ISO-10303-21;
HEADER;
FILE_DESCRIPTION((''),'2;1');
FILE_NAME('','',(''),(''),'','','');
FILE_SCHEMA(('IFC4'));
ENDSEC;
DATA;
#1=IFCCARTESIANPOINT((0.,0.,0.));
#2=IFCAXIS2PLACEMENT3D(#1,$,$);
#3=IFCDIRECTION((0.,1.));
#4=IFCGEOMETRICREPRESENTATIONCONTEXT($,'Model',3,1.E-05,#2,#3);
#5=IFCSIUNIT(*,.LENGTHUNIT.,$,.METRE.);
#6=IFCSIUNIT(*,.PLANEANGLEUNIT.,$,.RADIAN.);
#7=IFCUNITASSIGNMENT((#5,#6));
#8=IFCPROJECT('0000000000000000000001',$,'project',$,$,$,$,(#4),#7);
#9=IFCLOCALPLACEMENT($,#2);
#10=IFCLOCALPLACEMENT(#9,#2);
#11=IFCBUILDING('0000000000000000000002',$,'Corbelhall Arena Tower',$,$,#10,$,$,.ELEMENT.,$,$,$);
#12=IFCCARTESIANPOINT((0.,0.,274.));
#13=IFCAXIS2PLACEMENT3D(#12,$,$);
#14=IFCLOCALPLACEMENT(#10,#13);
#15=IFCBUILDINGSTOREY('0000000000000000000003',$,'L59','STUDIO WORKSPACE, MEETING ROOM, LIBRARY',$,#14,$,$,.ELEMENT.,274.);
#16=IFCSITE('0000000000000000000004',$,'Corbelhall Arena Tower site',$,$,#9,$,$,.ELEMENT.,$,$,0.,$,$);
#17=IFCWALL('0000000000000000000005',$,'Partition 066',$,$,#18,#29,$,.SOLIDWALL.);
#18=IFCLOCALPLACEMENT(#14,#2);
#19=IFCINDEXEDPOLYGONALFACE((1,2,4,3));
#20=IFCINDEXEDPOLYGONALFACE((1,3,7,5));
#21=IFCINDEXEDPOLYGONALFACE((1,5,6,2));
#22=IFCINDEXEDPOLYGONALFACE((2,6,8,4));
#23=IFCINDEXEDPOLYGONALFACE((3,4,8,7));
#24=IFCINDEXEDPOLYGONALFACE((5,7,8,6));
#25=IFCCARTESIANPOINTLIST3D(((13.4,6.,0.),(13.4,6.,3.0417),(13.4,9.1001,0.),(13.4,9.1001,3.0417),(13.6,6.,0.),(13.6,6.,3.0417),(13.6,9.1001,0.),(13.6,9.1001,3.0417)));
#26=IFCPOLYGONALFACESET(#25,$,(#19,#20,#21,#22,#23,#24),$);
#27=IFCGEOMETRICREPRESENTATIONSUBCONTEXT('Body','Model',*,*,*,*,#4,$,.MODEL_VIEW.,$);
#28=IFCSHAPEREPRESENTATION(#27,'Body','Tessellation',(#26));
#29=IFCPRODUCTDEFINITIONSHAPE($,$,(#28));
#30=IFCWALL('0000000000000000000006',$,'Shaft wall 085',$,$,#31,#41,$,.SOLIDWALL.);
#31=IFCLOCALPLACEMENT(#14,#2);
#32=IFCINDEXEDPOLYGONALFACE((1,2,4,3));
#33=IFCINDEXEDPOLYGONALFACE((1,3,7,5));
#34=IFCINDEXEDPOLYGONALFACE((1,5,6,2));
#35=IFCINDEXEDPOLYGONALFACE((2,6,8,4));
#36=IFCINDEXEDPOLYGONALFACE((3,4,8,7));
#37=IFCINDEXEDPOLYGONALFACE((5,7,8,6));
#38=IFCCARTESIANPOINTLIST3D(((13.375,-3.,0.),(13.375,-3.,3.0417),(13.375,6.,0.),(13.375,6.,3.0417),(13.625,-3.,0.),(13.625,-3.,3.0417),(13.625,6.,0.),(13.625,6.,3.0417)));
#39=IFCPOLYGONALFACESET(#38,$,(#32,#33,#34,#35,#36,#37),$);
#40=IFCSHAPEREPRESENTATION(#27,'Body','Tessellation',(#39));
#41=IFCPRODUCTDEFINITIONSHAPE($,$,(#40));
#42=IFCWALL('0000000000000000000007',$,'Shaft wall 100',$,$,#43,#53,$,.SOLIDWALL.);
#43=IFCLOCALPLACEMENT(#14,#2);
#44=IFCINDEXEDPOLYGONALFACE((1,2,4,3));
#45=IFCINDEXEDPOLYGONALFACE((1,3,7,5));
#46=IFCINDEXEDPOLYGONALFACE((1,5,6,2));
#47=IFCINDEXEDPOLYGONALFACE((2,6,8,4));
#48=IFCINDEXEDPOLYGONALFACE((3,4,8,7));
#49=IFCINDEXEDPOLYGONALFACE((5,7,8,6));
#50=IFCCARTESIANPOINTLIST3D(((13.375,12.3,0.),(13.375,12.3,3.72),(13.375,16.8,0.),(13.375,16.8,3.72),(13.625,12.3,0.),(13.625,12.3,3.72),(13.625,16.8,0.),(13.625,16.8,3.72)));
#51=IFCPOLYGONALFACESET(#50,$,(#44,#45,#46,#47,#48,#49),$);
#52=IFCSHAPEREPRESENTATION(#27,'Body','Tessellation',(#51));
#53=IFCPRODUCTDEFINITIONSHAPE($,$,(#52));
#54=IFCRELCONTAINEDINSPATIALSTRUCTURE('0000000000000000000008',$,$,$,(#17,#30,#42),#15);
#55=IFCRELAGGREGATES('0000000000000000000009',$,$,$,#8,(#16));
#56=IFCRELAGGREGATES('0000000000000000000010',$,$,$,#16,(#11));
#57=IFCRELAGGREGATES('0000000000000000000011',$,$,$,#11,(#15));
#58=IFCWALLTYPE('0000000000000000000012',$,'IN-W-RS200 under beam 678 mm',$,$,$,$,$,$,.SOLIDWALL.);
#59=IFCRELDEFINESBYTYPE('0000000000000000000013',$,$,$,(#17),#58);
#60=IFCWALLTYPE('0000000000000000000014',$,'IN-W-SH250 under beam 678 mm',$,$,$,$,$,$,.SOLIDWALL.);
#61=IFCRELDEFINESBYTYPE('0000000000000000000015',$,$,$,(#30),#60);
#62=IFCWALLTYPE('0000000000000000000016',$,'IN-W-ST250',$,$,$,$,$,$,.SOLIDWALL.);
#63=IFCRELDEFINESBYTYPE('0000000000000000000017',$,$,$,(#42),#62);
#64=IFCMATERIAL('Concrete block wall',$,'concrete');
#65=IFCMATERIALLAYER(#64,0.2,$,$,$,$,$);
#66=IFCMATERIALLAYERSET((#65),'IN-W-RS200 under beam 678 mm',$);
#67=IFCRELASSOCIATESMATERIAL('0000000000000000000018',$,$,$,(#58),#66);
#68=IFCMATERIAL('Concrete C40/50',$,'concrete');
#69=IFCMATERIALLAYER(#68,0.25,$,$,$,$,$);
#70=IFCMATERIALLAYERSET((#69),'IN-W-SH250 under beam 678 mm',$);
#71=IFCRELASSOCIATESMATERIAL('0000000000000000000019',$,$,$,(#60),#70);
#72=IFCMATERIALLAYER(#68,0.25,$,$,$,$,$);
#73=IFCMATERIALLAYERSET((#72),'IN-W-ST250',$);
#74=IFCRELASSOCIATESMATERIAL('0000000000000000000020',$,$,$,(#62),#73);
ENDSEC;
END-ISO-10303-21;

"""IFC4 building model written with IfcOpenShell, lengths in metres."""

from ifc_helpers import new_model, si_unit, direction, frame, frame_2d, origin, place, context, subcontext, project, spatial, rectangle, extrude, material, layer, layer_set, type_object, element, save


model = new_model("IFC4")

# Units and contexts
model_context = context("Model", 3, precision=1e-05, world=origin(), true_north=direction((0.0, 1.0)))
body_context = subcontext(model_context, "Body", "Model", "MODEL_VIEW")
ifc_project = project(units=[si_unit("LENGTHUNIT", "METRE"), si_unit("PLANEANGLEUNIT", "RADIAN")], contexts=[model_context])

# Site, building, storey
site_placement = place(None, origin())
site = spatial("IfcSite", under=ifc_project, at=site_placement, Name="Corbelhall Arena Tower site", CompositionType="ELEMENT", RefElevation=0.0)
building_placement = place(site_placement, origin())
building = spatial("IfcBuilding", under=site, at=building_placement, Name="Corbelhall Arena Tower", CompositionType="ELEMENT")
storey_placement = place(building_placement, frame((0.0, 0.0, 274.0)))
storey = spatial("IfcBuildingStorey", under=building, at=storey_placement, Name="L59", Description="STUDIO WORKSPACE, MEETING ROOM, LIBRARY", CompositionType="ELEMENT", Elevation=274.0)

# Walls
ifc_material_1 = material(Name="Concrete block wall", Category="concrete")
ifc_layer_1 = layer(ifc_material_1, 0.2)
ifc_layer_set_1 = layer_set([ifc_layer_1], Name="IN-W-RS200 under beam 678 mm")
wall_type_1 = type_object("IfcWallType", Name="IN-W-RS200 under beam 678 mm", PredefinedType="SOLIDWALL", material=ifc_layer_set_1)
wall_1_placement = place(storey_placement, frame((13.5, 9.1001, 0.0), z_axis=(0.0, 0.0, 1.0), x_axis=(0.0, -1.0, 0.0)))
element("IfcWall", 1, at=wall_1_placement, inside=storey, type_object=wall_type_1, Name="Partition 066", PredefinedType="SOLIDWALL", context=body_context, shape_type="SweptSolid", body=[
    extrude(rectangle(XDim=3.1001, YDim=0.2, at=frame_2d((1.55, 0.0))), origin(), (0.0, 0.0, 1.0), 3.0417),
])
ifc_material_2 = material(Name="Concrete C40/50", Category="concrete")
ifc_layer_2 = layer(ifc_material_2, 0.25)
ifc_layer_set_2 = layer_set([ifc_layer_2], Name="IN-W-SH250 under beam 678 mm")
wall_type_2 = type_object("IfcWallType", Name="IN-W-SH250 under beam 678 mm", PredefinedType="SOLIDWALL", material=ifc_layer_set_2)
wall_2_placement = place(storey_placement, frame((13.5, 6.0, 0.0), z_axis=(0.0, 0.0, 1.0), x_axis=(0.0, -1.0, 0.0)))
element("IfcWall", 2, at=wall_2_placement, inside=storey, type_object=wall_type_2, Name="Shaft wall 085", PredefinedType="SOLIDWALL", context=body_context, shape_type="SweptSolid", body=[
    extrude(rectangle(XDim=9.0, YDim=0.25, at=frame_2d((4.5, 0.0))), origin(), (0.0, 0.0, 1.0), 3.0417),
])
ifc_layer_3 = layer(ifc_material_2, 0.25)
ifc_layer_set_3 = layer_set([ifc_layer_3], Name="IN-W-ST250")
wall_type_3 = type_object("IfcWallType", Name="IN-W-ST250", PredefinedType="SOLIDWALL", material=ifc_layer_set_3)
wall_3_placement = place(storey_placement, frame((13.5, 16.8, 0.0), z_axis=(0.0, 0.0, 1.0), x_axis=(0.0, -1.0, 0.0)))
element("IfcWall", 3, at=wall_3_placement, inside=storey, type_object=wall_type_3, Name="Shaft wall 100", PredefinedType="SOLIDWALL", context=body_context, shape_type="SweptSolid", body=[
    extrude(rectangle(XDim=4.5, YDim=0.25, at=frame_2d((2.25, 0.0))), origin(), (0.0, 0.0, 1.0), 3.72),
])

save(model, "model.ifc")
